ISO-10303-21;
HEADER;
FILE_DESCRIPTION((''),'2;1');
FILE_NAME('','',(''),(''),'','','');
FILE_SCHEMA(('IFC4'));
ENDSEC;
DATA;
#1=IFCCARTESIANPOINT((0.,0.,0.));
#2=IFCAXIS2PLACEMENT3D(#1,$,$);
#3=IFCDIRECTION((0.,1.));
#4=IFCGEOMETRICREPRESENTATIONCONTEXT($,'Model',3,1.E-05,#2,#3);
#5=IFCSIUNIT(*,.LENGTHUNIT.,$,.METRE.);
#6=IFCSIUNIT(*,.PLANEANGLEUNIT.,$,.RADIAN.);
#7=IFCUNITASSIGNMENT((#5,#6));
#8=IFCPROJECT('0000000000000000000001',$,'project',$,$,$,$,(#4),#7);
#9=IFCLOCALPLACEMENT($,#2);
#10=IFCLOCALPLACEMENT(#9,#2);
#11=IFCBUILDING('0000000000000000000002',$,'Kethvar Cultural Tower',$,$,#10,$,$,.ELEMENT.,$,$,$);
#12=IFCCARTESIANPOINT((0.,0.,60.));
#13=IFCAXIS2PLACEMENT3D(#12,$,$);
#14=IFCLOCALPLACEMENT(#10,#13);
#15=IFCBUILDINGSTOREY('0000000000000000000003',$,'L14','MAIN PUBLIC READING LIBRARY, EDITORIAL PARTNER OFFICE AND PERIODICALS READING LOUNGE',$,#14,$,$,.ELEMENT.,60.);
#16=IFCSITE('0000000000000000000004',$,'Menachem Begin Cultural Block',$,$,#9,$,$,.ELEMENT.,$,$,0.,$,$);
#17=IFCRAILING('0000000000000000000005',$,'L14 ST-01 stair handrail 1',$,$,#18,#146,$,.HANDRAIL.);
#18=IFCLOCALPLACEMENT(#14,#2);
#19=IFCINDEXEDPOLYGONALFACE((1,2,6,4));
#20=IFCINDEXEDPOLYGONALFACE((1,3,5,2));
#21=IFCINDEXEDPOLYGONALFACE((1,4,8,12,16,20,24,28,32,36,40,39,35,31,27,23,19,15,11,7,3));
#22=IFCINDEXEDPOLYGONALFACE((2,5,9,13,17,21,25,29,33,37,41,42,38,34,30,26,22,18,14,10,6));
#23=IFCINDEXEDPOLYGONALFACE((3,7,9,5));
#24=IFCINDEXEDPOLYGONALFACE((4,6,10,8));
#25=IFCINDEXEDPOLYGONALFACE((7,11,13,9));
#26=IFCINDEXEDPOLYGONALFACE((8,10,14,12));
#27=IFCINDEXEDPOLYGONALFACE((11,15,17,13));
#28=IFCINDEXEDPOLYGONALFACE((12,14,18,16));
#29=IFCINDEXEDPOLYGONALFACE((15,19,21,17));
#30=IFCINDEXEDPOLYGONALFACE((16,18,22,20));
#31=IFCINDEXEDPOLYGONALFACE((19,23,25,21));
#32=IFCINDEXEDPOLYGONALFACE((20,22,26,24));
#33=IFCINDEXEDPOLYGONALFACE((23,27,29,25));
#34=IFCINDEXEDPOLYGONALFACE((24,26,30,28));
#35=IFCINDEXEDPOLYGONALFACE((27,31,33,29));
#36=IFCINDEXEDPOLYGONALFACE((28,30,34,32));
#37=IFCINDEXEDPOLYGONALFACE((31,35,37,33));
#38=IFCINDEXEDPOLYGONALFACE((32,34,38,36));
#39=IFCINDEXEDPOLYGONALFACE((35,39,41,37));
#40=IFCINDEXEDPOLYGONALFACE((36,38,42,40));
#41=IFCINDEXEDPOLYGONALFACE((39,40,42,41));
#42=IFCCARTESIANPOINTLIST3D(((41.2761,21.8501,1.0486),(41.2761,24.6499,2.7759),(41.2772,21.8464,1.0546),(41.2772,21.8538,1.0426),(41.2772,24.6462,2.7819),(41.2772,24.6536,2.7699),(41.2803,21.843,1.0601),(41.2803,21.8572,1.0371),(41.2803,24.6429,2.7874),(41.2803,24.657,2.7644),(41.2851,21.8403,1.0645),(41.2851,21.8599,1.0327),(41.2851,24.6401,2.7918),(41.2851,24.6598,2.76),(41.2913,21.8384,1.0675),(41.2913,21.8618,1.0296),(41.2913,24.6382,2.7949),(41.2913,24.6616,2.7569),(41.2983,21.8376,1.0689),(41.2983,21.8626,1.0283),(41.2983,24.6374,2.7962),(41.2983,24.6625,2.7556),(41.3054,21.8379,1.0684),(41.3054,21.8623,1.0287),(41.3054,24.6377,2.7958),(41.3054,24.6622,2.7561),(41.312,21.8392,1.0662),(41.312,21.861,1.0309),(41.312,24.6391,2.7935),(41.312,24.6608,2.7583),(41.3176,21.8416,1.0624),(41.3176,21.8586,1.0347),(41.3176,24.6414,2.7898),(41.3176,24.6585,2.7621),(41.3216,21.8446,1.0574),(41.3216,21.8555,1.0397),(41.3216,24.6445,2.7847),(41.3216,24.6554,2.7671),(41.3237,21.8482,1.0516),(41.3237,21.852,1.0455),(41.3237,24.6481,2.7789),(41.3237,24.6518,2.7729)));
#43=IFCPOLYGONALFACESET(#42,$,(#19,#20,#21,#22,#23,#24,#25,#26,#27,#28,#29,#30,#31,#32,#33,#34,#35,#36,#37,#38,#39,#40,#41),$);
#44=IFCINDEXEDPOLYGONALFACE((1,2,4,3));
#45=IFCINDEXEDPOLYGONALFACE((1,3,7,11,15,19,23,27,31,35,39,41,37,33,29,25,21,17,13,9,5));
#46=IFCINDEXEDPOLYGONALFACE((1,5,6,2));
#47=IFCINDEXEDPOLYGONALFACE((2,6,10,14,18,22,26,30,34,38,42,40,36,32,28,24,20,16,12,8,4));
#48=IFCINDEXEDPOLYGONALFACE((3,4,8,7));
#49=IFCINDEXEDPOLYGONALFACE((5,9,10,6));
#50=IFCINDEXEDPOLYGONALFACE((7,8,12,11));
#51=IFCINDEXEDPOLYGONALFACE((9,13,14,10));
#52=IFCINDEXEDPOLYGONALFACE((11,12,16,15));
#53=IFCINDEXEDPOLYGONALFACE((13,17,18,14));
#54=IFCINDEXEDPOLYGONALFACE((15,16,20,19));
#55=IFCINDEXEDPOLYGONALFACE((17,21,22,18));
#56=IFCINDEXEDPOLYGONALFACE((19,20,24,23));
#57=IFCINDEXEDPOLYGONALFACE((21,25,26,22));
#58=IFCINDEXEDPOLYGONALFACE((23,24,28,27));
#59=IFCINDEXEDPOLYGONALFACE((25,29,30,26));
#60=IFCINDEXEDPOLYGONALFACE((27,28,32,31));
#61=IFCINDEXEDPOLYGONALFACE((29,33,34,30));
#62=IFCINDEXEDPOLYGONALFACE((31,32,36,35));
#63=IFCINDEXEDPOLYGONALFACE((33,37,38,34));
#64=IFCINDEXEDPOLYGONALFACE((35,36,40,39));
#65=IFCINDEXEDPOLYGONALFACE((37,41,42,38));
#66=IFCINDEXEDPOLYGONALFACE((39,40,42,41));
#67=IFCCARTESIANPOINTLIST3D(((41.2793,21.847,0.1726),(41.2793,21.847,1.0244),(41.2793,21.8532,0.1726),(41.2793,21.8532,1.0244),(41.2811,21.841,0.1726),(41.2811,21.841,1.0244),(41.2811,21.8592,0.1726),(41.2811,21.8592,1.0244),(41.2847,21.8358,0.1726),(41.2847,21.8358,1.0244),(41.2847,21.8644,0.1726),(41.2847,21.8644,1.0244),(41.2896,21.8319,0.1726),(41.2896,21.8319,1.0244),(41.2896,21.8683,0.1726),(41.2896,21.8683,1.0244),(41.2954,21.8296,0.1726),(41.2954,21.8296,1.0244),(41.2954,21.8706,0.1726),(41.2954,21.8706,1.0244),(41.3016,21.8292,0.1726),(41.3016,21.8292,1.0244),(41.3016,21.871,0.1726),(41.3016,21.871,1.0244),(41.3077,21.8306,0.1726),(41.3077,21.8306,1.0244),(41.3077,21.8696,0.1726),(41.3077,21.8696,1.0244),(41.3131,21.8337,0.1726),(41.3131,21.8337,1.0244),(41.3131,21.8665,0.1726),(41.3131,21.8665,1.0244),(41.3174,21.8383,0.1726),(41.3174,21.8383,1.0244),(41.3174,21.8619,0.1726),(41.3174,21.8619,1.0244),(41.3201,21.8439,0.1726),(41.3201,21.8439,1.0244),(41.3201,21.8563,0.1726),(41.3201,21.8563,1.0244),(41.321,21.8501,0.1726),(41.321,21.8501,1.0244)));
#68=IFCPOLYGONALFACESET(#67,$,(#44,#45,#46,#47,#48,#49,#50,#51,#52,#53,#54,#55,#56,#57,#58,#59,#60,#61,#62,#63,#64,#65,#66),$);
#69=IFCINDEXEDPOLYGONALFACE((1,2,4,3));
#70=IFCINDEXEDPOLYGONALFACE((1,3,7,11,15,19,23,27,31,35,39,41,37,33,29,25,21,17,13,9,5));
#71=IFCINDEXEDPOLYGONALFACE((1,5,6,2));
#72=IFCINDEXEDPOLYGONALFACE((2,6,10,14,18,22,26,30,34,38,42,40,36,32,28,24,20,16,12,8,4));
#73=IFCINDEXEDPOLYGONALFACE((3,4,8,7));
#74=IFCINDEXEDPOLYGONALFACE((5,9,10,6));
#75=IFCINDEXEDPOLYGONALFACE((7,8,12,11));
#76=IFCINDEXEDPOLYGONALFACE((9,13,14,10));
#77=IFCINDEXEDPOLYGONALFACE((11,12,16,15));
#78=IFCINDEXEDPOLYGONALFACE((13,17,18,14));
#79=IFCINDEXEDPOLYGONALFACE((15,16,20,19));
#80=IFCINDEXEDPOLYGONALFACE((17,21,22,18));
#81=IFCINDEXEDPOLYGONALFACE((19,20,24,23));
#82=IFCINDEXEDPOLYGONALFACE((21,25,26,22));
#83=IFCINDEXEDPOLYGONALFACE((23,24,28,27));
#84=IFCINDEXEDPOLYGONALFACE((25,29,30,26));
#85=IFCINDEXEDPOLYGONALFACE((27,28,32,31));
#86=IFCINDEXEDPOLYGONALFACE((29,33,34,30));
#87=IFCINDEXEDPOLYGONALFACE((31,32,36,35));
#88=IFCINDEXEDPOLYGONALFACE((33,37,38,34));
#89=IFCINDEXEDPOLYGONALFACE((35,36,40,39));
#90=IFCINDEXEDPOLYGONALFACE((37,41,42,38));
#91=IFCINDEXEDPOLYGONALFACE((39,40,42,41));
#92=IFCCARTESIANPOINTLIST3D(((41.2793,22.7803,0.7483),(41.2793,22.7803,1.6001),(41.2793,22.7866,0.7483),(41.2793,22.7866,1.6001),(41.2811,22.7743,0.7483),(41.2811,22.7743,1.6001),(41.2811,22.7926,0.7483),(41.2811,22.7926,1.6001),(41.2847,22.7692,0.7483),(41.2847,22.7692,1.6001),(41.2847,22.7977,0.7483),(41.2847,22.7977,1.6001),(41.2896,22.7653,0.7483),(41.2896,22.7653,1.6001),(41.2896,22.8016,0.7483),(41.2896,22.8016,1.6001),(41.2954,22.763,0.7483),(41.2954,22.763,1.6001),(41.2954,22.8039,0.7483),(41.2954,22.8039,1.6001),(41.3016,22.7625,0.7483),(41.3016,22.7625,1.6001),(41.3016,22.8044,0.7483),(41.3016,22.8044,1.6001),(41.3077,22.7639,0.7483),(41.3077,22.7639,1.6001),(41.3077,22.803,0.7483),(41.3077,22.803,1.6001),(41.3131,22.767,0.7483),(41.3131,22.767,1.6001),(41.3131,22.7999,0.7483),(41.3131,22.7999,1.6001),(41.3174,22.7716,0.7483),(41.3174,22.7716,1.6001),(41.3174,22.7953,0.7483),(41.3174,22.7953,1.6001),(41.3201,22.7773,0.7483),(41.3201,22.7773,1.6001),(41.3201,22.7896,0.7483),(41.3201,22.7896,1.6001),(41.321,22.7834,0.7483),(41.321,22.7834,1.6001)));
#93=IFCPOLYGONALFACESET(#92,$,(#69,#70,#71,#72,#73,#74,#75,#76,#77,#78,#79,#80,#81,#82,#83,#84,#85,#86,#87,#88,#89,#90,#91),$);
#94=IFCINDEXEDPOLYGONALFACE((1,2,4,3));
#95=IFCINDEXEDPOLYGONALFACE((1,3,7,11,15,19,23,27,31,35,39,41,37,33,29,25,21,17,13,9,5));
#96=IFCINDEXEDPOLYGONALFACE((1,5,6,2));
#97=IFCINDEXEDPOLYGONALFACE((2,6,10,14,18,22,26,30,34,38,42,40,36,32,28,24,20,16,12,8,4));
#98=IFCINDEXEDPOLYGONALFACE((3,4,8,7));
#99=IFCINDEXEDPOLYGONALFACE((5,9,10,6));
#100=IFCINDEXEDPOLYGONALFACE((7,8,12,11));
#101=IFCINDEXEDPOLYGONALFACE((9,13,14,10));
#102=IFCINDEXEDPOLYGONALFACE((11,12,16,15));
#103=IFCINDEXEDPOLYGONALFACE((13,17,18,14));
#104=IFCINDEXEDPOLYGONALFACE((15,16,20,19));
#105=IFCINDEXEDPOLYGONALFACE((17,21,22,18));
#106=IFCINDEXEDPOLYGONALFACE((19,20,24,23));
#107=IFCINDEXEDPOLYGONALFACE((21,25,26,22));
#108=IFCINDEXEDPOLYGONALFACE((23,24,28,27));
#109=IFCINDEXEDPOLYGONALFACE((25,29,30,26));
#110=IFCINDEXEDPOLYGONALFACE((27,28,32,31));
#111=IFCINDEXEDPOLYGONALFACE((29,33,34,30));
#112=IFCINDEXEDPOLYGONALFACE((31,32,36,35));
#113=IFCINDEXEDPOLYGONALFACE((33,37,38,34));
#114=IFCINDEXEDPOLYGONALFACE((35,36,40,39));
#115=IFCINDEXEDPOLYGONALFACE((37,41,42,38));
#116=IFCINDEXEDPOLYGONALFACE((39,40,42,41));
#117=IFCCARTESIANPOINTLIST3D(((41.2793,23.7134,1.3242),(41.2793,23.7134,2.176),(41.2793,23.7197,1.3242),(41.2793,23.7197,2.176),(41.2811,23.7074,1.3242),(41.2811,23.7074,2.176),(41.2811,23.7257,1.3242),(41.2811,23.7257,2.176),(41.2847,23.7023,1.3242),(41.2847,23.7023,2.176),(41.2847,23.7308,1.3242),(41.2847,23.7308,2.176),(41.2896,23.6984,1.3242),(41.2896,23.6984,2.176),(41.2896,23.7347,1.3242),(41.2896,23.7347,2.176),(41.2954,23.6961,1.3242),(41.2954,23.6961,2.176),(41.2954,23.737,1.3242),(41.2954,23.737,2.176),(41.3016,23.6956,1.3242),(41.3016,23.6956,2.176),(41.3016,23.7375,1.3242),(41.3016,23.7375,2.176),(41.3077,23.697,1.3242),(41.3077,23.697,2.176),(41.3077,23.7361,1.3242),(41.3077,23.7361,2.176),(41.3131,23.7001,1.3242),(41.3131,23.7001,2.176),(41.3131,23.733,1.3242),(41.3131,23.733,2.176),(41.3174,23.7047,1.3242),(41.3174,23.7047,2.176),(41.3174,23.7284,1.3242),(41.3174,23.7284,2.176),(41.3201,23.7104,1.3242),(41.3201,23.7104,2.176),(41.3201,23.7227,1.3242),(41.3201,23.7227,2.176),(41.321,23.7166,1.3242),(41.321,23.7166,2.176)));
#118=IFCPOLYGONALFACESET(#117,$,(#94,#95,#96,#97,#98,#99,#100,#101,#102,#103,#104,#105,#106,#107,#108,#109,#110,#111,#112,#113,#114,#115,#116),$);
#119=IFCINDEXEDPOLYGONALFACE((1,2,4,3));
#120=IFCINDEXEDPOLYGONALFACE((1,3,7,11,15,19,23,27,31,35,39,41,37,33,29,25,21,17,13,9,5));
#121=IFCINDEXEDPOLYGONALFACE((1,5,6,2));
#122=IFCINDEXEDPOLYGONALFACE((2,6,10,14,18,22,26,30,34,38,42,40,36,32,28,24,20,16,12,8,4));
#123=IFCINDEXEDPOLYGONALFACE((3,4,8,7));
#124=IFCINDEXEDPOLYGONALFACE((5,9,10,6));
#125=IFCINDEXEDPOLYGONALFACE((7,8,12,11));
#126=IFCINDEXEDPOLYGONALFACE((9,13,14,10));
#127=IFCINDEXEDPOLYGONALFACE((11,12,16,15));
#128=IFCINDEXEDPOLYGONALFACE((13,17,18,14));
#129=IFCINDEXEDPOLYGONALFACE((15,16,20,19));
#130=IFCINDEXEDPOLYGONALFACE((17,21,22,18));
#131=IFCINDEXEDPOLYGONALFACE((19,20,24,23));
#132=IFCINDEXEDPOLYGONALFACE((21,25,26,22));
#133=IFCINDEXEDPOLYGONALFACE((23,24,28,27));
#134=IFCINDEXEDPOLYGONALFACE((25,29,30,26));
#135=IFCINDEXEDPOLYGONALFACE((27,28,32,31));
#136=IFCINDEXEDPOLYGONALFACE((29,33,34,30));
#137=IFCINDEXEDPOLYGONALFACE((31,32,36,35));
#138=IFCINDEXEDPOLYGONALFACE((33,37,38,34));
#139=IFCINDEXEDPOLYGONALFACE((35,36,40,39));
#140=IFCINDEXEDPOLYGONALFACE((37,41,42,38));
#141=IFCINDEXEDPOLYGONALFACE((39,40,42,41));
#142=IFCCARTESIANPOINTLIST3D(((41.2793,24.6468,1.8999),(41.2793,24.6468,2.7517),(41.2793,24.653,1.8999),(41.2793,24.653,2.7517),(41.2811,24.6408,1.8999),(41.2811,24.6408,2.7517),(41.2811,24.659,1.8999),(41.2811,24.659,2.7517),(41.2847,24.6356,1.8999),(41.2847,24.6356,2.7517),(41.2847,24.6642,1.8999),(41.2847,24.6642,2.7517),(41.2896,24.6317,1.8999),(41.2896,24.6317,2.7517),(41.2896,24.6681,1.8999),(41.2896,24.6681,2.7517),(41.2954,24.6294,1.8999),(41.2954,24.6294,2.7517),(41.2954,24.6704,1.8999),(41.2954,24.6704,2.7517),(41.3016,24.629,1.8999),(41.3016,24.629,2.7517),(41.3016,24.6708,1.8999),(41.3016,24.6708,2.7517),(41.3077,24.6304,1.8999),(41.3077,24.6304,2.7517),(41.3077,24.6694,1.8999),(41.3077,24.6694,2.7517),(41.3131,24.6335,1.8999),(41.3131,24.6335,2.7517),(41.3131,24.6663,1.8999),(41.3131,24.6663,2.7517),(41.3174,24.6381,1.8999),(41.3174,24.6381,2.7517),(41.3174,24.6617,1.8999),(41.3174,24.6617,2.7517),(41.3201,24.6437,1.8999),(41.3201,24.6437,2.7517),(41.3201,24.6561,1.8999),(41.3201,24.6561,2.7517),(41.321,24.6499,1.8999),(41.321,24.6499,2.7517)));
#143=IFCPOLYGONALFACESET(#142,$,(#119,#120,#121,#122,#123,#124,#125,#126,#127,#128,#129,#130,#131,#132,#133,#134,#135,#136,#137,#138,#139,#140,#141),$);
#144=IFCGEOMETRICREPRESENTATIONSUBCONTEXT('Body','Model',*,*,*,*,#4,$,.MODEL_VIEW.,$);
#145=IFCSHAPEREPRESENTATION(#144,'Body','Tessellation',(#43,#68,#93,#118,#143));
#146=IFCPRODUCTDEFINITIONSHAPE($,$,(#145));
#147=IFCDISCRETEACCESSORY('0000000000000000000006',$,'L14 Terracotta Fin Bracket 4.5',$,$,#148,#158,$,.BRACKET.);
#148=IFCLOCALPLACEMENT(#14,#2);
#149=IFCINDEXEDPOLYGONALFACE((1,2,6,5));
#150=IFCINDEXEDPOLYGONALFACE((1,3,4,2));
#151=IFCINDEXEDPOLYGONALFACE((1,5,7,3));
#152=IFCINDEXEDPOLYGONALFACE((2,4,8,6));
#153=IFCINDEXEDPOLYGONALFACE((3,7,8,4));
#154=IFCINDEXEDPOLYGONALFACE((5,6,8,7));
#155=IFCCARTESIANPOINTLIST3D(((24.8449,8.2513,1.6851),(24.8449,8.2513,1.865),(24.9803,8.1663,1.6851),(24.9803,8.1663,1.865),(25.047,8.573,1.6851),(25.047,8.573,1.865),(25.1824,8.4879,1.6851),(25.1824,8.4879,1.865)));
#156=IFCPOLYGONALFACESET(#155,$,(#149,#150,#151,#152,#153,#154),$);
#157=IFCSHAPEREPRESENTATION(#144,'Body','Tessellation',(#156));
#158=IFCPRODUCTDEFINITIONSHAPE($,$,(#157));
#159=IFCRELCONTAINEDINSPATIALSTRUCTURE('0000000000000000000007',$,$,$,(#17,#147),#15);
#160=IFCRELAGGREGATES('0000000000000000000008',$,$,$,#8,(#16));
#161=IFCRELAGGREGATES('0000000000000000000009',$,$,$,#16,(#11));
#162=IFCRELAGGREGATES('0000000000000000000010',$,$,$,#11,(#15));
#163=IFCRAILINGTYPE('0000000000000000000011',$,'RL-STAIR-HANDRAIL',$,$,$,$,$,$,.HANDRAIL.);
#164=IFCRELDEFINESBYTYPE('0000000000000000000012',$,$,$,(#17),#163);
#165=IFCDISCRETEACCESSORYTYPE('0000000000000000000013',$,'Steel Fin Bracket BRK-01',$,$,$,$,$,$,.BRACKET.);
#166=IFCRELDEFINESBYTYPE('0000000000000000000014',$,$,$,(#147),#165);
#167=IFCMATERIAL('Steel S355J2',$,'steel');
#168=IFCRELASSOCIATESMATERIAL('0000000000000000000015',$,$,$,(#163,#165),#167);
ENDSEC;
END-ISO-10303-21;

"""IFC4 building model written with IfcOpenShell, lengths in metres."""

from ifc_helpers import new_model, si_unit, direction, frame, origin, origin_2d, place, context, subcontext, project, spatial, rectangle, circle, extrude, source, transform, mapped, material, type_object, element, save


model = new_model("IFC4")

# Units and contexts
model_context = context("Model", 3, precision=1e-05, world=origin(), true_north=direction((0.0, 1.0)))
body_context = subcontext(model_context, "Body", "Model", "MODEL_VIEW")
ifc_project = project(units=[si_unit("LENGTHUNIT", "METRE"), si_unit("PLANEANGLEUNIT", "RADIAN")], contexts=[model_context])

# Site, building, storey
site_placement = place(None, origin())
site = spatial("IfcSite", under=ifc_project, at=site_placement, Name="Menachem Begin Cultural Block", CompositionType="ELEMENT", RefElevation=0.0)
building_placement = place(site_placement, origin())
building = spatial("IfcBuilding", under=site, at=building_placement, Name="Kethvar Cultural Tower", CompositionType="ELEMENT")
storey_placement = place(building_placement, frame((0.0, 0.0, 60.0)))
storey = spatial("IfcBuildingStorey", under=building, at=storey_placement, Name="L14", Description="MAIN PUBLIC READING LIBRARY, EDITORIAL PARTNER OFFICE AND PERIODICALS READING LOUNGE", CompositionType="ELEMENT", Elevation=60.0)

# Shared definitions
ifc_material_1 = material(Name="Steel S355J2", Category="steel")

# Railing
railing_type_1 = type_object("IfcRailingType", Name="RL-STAIR-HANDRAIL", PredefinedType="HANDRAIL", material=ifc_material_1)
railing_1_placement = place(storey_placement, frame((41.3, 21.8501, 0.1726)))
element("IfcRailing", 1, at=railing_1_placement, inside=storey, type_object=railing_type_1, Name="L14 ST-01 stair handrail 1", PredefinedType="HANDRAIL", context=body_context, shape_type="SweptSolid", body=[
    extrude(circle(Radius=0.0239, at=origin_2d()), frame((0.0, 0.0, 0.876), z_axis=(0.0, 0.851069, 0.525054), x_axis=(-1.0, 0.0, 0.0)), (0.0, 0.0, 1.0), 3.2898),
    extrude(circle(Radius=0.021, at=origin_2d()), origin(), (0.0, 0.0, 1.0), 0.8518),
    extrude(circle(Radius=0.021, at=origin_2d()), frame((0.0, 0.9333, 0.5757)), (0.0, 0.0, 1.0), 0.8518),
    extrude(circle(Radius=0.021, at=origin_2d()), frame((0.0, 1.8665, 1.1516)), (0.0, 0.0, 1.0), 0.8518),
    extrude(circle(Radius=0.021, at=origin_2d()), frame((0.0, 2.7998, 1.7273)), (0.0, 0.0, 1.0), 0.8518),
])

# Discrete accessory
discrete_accessory_type = type_object("IfcDiscreteAccessoryType", Name="Steel Fin Bracket BRK-01", PredefinedType="BRACKET", material=ifc_material_1)
shared_shape_1 = source(origin(), body_context, "Body", "SweptSolid", [
    extrude(rectangle(XDim=0.3799, YDim=0.1599, at=origin_2d()), origin(), (0.0, 0.0, 1.0), 0.1799),
])
discrete_accessory_placement = place(storey_placement, frame((25.0137, 8.3696, 1.6851), z_axis=(0.0, 0.0, 1.0), x_axis=(-0.53199, -0.846751, 0.0)))
element("IfcDiscreteAccessory", 2, at=discrete_accessory_placement, inside=storey, type_object=discrete_accessory_type, Name="L14 Terracotta Fin Bracket 4.5", PredefinedType="BRACKET", context=body_context, shape_type="MappedRepresentation", body=[
    mapped(shared_shape_1, transform((0.0, 0.0, 0.0), scale=1.0)),
])

save(model, "model.ifc")
